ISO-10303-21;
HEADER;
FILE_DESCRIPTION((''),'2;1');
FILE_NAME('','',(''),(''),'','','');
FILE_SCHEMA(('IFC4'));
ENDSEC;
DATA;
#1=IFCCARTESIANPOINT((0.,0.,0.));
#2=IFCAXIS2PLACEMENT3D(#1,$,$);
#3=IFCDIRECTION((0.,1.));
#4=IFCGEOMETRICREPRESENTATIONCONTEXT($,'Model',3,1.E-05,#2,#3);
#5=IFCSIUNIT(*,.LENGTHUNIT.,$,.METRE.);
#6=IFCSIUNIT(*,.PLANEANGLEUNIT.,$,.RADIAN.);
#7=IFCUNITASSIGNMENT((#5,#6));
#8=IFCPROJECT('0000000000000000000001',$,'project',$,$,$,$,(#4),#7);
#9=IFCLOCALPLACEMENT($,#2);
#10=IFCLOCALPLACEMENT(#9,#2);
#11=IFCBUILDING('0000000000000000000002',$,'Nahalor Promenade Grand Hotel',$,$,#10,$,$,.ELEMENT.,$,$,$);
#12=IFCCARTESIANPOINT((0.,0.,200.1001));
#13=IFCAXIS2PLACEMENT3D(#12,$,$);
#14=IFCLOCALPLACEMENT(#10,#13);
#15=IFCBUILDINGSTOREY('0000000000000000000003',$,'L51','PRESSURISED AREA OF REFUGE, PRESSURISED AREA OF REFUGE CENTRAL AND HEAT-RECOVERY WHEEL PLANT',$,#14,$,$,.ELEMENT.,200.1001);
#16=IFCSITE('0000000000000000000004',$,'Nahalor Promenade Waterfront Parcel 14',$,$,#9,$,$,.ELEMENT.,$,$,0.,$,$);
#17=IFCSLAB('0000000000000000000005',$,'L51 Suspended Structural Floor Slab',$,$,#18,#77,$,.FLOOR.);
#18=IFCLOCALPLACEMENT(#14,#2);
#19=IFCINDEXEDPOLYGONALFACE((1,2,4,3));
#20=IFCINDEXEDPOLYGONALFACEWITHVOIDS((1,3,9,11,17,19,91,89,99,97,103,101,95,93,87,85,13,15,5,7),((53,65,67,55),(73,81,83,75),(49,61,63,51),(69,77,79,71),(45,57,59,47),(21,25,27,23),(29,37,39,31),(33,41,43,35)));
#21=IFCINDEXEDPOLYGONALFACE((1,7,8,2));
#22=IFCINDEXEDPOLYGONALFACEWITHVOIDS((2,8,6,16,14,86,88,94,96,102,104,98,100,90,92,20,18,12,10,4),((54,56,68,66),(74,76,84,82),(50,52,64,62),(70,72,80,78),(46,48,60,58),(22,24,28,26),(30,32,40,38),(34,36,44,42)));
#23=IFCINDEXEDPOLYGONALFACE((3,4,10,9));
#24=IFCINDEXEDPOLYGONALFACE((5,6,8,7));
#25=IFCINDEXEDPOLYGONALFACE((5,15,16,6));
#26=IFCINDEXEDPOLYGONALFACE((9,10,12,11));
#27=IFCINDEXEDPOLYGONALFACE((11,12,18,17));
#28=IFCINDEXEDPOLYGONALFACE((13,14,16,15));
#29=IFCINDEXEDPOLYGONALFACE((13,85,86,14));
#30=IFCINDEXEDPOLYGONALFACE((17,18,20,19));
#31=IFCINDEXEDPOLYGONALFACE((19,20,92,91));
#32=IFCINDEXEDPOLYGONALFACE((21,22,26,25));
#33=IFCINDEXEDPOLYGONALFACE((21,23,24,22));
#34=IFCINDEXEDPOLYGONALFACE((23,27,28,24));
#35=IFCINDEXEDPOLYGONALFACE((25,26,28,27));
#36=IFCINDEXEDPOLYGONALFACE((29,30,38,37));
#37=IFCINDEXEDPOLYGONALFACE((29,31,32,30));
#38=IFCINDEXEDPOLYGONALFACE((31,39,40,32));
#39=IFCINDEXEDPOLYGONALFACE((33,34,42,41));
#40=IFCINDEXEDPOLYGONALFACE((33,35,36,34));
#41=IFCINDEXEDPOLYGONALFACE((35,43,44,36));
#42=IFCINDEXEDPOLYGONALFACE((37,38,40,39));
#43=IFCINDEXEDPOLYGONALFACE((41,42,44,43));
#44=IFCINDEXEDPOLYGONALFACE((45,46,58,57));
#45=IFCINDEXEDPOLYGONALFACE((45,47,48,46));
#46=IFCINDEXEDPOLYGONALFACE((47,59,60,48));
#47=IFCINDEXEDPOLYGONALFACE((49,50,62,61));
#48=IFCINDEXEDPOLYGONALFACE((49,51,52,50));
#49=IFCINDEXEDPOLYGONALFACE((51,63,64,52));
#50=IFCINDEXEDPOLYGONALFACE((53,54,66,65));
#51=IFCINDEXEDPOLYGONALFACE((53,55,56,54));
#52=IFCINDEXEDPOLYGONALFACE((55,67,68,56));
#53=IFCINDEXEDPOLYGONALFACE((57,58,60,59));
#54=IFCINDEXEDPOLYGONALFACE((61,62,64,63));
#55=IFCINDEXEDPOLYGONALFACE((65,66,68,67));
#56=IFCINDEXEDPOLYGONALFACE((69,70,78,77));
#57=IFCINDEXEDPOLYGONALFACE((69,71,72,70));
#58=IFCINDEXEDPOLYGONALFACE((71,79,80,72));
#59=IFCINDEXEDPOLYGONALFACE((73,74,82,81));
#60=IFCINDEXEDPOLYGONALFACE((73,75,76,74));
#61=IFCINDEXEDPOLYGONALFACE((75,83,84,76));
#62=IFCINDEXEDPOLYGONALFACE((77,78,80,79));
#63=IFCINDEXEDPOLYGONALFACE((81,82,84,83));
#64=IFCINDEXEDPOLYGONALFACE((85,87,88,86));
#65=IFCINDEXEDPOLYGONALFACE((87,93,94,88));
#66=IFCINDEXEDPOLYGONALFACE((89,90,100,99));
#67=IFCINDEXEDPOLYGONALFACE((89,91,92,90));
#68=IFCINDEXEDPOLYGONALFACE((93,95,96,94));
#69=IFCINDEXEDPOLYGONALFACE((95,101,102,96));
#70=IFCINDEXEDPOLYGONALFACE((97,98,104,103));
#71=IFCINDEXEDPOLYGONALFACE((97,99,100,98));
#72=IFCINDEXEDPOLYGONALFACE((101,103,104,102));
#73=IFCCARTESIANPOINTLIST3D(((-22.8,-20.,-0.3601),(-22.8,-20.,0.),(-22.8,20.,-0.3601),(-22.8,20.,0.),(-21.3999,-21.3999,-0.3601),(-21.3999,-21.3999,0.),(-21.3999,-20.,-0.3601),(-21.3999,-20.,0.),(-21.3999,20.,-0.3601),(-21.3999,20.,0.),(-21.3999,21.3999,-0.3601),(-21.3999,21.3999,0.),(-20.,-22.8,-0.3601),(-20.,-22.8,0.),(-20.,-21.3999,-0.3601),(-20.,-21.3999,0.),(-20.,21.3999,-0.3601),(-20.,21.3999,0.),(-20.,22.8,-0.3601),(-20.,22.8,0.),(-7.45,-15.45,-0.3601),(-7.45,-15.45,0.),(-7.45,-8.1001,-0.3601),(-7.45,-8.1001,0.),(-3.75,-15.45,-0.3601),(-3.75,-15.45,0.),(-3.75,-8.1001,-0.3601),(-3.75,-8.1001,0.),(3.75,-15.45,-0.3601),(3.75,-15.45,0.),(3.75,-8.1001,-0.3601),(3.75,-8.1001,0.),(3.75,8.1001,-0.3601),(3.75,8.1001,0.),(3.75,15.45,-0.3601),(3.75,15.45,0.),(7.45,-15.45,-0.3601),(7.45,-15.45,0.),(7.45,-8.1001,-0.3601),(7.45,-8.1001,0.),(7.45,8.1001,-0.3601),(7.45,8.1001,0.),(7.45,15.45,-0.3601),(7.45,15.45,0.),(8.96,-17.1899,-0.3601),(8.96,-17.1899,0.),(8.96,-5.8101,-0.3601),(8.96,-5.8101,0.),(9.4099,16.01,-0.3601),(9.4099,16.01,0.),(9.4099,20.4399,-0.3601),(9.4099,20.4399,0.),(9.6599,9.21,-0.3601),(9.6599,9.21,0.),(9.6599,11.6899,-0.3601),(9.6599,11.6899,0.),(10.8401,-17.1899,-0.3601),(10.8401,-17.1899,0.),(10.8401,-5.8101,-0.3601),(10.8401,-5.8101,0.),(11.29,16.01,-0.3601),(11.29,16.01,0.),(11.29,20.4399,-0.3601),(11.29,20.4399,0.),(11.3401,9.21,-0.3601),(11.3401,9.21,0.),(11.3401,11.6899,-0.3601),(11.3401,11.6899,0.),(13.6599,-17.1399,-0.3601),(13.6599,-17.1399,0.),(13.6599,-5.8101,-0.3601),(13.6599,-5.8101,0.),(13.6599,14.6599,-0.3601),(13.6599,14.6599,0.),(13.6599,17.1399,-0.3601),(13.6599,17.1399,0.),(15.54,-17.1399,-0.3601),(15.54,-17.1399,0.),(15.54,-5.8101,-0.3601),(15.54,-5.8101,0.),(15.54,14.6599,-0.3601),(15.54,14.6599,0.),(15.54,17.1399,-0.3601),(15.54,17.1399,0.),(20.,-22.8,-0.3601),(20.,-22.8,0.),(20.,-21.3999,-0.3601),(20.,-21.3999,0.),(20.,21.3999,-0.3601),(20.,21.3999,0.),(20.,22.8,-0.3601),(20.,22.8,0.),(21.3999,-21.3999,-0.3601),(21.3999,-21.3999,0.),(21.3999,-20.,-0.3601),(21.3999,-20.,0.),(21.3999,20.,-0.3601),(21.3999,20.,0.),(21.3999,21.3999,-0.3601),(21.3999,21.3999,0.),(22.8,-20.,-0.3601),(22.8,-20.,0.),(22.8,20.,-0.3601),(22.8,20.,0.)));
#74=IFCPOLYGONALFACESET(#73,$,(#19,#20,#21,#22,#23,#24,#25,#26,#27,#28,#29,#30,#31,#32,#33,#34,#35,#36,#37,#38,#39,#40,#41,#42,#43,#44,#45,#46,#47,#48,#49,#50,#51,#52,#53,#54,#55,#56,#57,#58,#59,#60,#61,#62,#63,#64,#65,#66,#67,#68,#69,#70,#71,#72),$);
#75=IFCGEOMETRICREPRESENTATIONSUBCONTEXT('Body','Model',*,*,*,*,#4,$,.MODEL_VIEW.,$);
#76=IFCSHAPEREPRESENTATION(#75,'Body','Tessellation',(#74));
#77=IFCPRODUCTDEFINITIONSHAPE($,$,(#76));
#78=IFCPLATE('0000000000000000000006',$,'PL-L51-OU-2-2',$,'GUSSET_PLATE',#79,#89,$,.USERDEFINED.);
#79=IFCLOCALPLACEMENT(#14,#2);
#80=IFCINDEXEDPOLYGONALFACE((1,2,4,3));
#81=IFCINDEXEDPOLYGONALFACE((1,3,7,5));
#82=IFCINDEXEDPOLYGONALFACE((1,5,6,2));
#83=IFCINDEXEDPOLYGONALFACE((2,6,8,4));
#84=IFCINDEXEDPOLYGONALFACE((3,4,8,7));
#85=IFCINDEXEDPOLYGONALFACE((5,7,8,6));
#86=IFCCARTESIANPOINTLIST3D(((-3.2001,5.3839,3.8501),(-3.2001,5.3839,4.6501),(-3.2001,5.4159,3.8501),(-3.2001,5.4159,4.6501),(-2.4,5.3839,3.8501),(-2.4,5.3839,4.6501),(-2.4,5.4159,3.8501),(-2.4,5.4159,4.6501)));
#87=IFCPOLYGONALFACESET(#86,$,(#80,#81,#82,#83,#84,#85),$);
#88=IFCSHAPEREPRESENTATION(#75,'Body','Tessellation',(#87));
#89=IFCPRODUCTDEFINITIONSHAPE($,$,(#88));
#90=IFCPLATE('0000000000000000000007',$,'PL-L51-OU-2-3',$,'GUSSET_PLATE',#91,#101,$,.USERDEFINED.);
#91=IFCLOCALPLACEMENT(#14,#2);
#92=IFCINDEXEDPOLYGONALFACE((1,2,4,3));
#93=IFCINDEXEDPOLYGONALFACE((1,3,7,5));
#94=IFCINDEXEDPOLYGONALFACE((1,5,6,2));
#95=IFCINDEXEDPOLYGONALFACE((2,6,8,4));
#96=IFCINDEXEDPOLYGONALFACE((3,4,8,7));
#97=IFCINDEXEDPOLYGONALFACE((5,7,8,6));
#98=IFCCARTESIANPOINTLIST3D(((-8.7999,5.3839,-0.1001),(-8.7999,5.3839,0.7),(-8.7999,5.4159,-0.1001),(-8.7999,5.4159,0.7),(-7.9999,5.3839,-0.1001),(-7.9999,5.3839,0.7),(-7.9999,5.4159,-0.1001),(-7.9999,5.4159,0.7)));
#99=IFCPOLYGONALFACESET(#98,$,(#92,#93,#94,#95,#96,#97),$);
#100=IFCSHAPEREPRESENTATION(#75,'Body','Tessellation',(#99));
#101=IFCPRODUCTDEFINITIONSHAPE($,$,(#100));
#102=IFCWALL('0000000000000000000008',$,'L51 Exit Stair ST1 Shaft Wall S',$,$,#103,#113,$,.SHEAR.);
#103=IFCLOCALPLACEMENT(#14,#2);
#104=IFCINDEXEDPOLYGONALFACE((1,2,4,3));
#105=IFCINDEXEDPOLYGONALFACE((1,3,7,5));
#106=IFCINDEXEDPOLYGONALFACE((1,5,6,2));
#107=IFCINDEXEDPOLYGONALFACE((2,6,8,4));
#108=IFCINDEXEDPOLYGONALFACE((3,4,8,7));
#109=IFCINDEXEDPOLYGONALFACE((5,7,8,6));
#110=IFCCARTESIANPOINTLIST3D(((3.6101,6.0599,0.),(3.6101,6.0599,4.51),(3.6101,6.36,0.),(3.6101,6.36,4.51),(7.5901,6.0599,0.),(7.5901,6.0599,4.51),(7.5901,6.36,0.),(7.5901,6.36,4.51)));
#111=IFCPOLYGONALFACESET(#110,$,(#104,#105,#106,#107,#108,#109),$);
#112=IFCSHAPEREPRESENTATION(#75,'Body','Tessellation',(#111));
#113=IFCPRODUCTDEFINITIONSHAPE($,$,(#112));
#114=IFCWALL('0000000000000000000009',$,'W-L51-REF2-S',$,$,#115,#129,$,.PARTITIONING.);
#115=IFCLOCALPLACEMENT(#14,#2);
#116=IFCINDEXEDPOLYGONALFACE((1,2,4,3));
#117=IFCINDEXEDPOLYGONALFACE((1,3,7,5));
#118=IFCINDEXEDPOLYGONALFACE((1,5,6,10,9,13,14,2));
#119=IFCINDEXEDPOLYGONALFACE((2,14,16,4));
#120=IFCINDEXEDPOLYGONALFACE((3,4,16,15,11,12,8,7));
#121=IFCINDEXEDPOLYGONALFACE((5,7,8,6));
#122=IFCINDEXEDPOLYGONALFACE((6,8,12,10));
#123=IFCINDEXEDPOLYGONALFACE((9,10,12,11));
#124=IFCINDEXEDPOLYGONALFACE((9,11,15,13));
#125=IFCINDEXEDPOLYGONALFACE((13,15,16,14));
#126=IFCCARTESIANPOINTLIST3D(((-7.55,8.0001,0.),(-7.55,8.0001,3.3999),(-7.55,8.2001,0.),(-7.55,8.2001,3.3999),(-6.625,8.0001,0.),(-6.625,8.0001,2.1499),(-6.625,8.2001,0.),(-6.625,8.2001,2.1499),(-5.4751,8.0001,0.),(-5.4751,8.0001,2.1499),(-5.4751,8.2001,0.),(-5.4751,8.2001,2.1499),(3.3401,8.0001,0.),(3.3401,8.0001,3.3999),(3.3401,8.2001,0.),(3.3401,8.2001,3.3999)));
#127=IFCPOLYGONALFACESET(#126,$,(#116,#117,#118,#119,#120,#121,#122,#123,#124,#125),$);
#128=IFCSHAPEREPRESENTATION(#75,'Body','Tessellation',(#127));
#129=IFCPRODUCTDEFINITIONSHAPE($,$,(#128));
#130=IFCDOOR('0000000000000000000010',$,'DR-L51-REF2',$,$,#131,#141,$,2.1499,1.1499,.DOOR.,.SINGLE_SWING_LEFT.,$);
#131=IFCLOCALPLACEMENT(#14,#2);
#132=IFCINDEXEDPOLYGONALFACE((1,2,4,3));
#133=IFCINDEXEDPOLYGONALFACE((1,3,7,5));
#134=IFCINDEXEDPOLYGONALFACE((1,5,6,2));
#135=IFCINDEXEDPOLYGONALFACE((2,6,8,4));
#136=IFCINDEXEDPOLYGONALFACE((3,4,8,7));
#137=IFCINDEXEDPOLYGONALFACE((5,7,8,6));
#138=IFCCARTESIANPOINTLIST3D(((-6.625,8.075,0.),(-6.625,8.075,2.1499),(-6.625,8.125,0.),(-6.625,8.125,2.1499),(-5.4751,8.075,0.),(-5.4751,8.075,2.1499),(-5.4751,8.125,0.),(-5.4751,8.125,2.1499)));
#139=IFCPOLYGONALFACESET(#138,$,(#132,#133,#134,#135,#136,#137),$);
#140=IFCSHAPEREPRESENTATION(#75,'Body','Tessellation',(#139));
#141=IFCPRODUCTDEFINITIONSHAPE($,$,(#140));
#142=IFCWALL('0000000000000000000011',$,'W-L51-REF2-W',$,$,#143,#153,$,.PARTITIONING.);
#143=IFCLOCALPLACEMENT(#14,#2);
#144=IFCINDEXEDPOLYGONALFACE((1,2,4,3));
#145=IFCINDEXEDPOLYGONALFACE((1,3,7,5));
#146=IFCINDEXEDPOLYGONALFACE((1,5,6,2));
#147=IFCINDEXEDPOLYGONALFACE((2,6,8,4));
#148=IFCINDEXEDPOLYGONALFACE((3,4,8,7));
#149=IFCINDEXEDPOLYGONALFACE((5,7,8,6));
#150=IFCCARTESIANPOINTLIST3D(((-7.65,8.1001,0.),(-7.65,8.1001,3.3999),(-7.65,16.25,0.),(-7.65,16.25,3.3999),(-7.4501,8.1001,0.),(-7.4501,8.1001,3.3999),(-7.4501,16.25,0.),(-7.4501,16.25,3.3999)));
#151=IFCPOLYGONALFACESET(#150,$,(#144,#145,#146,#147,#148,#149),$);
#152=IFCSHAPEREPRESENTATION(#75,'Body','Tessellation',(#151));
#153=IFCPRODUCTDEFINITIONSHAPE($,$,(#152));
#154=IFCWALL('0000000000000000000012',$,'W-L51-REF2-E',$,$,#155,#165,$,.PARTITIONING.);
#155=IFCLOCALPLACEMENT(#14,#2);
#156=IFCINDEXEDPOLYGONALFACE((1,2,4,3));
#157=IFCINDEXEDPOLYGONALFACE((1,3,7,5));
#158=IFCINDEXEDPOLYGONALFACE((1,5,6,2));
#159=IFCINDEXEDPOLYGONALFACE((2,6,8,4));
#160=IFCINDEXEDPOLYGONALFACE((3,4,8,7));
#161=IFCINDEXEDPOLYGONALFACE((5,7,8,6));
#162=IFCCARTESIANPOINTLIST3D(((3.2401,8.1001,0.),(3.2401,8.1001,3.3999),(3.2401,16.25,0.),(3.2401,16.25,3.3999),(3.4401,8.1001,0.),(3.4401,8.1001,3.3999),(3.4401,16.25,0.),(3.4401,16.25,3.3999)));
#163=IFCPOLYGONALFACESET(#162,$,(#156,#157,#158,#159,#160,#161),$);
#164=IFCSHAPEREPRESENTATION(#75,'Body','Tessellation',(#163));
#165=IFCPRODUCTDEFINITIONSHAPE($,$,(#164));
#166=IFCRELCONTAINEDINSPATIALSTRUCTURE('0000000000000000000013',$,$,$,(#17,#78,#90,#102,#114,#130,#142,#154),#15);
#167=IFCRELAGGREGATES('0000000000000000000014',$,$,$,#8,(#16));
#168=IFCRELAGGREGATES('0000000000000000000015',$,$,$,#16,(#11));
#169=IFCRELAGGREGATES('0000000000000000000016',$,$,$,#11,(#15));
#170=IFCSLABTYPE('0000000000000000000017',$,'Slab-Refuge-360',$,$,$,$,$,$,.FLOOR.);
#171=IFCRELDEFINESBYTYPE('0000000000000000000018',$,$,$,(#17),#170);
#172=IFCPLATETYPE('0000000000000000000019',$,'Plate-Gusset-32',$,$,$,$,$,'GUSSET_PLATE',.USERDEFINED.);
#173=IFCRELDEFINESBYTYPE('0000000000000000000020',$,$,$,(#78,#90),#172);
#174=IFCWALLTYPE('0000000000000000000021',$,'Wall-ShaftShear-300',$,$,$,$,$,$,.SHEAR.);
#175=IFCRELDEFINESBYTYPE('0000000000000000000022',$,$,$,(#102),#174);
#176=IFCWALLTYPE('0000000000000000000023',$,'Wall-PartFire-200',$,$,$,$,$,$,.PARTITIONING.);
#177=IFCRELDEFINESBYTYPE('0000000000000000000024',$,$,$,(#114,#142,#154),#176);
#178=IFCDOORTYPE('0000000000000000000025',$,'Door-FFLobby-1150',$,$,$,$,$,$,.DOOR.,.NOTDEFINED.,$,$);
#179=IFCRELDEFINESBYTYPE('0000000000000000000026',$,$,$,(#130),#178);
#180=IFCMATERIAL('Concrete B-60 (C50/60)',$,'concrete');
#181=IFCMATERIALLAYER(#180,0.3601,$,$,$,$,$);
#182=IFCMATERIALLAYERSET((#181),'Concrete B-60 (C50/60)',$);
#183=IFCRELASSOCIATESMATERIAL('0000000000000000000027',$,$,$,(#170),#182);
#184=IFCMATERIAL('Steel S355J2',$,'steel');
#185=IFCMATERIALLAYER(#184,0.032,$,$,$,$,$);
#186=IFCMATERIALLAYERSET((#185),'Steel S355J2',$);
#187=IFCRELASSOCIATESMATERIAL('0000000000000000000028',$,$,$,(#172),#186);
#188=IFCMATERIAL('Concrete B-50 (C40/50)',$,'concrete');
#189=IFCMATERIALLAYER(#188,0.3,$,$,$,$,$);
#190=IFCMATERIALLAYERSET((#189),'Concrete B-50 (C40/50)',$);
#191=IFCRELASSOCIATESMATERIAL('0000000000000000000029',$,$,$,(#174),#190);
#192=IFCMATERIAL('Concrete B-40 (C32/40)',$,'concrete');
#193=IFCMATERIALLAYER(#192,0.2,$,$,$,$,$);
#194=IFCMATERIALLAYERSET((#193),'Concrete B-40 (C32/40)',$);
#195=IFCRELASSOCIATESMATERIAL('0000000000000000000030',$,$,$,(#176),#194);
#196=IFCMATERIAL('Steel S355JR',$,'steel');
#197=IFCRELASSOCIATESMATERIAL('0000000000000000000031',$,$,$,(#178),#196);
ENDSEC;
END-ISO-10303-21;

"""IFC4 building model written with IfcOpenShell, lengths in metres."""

from ifc_helpers import new_model, si_unit, direction, frame, frame_2d, origin, origin_2d, place, context, subcontext, project, spatial, polyline, rectangle, outline, extrude, source, transform, mapped, material, layer, layer_set, type_object, element, fill, save


model = new_model("IFC4")

# Units and contexts
model_context = context("Model", 3, precision=1e-05, world=origin(), true_north=direction((0.0, 1.0)))
body_context = subcontext(model_context, "Body", "Model", "MODEL_VIEW")
ifc_project = project(units=[si_unit("LENGTHUNIT", "METRE"), si_unit("PLANEANGLEUNIT", "RADIAN")], contexts=[model_context])

# Site, building, storey
site_placement = place(None, origin())
site = spatial("IfcSite", under=ifc_project, at=site_placement, Name="Nahalor Promenade Waterfront Parcel 14", CompositionType="ELEMENT", RefElevation=0.0)
building_placement = place(site_placement, origin())
building = spatial("IfcBuilding", under=site, at=building_placement, Name="Nahalor Promenade Grand Hotel", CompositionType="ELEMENT")
storey_placement = place(building_placement, frame((0.0, 0.0, 200.1001)))
storey = spatial("IfcBuildingStorey", under=building, at=storey_placement, Name="L51", Description="PRESSURISED AREA OF REFUGE, PRESSURISED AREA OF REFUGE CENTRAL AND HEAT-RECOVERY WHEEL PLANT", CompositionType="ELEMENT", Elevation=200.1001)

# Shared definitions
ifc_material_1 = material(Name="Concrete B-60 (C50/60)", Category="concrete")

# Shared definitions
ifc_material_2 = material(Name="Steel S355JR", Category="steel")

# Shared definitions
ifc_material_3 = material(Name="Steel S355J2", Category="steel")

# Shared definitions
ifc_material_4 = material(Name="Concrete B-50 (C40/50)", Category="concrete")

# Slab
ifc_layer_1 = layer(ifc_material_1, 0.3601)
ifc_layer_set_1 = layer_set([ifc_layer_1], Name="Concrete B-60 (C50/60)")
slab_type_1 = type_object("IfcSlabType", Name="Slab-Refuge-360", PredefinedType="FLOOR", material=ifc_layer_set_1)
slab_1_placement = place(storey_placement, frame((0.0, 0.0, -0.3601)))
element("IfcSlab", 1, at=slab_1_placement, inside=storey, type_object=slab_type_1, Name="L51 Suspended Structural Floor Slab", PredefinedType="FLOOR", context=body_context, shape_type="SweptSolid", body=[
    extrude(outline(polyline([(-20.0, -22.8), (20.0, -22.8), (20.0, -21.3999), (21.3999, -21.3999), (21.3999, -20.0), (22.8, -20.0), (22.8, 20.0), (21.3999, 20.0), (21.3999, 21.3999), (20.0, 21.3999), (20.0, 22.8), (-20.0, 22.8), (-20.0, 21.3999), (-21.3999, 21.3999), (-21.3999, 20.0), (-22.8, 20.0), (-22.8, -20.0), (-21.3999, -20.0), (-21.3999, -21.3999), (-20.0, -21.3999), (-20.0, -22.8)]), holes=[polyline([(3.75, 8.1001), (7.45, 8.1001), (7.45, 15.45), (3.75, 15.45), (3.75, 8.1001)]), polyline([(3.75, -15.45), (7.45, -15.45), (7.45, -8.1001), (3.75, -8.1001), (3.75, -15.45)]), polyline([(-7.45, -15.45), (-3.75, -15.45), (-3.75, -8.1001), (-7.45, -8.1001), (-7.45, -15.45)]), polyline([(13.6599, -17.1399), (15.54, -17.1399), (15.54, -5.8101), (13.6599, -5.8101), (13.6599, -17.1399)]), polyline([(8.96, -17.1899), (10.8401, -17.1899), (10.8401, -5.8101), (8.96, -5.8101), (8.96, -17.1899)]), polyline([(9.4099, 16.01), (11.29, 16.01), (11.29, 20.4399), (9.4099, 20.4399), (9.4099, 16.01)]), polyline([(9.6599, 9.21), (11.3401, 9.21), (11.3401, 11.6899), (9.6599, 11.6899), (9.6599, 9.21)]), polyline([(13.6599, 14.6599), (15.54, 14.6599), (15.54, 17.1399), (13.6599, 17.1399), (13.6599, 14.6599)])]), origin(), (0.0, 0.0, 1.0), 0.3601),
])

# Plates
ifc_layer_2 = layer(ifc_material_3, 0.032)
ifc_layer_set_2 = layer_set([ifc_layer_2], Name="Steel S355J2")
plate_type = type_object("IfcPlateType", Name="Plate-Gusset-32", ElementType="GUSSET_PLATE", PredefinedType="USERDEFINED", material=ifc_layer_set_2)
shared_shape_1 = source(origin(), body_context, "Body", "SweptSolid", [
    extrude(rectangle(XDim=0.8, YDim=0.032, at=origin_2d()), origin(), (0.0, 0.0, 1.0), 0.8),
])
for number, where, z_axis, x_axis, name in (
    (2, (-2.8, 5.3999, 3.8501), (0.0, 0.0, 1.0), (1.0, 0.0, 0.0), "PL-L51-OU-2-2"),
    (3, (-8.3999, 5.3999, -0.1001), (0.0, 0.0, 1.0), (1.0, 0.0, 0.0), "PL-L51-OU-2-3"),
):
    element("IfcPlate", number, at=place(storey_placement, frame(where, z_axis=z_axis, x_axis=x_axis)), inside=storey, type_object=plate_type, Name=name, ObjectType="GUSSET_PLATE", PredefinedType="USERDEFINED", context=body_context, shape_type="MappedRepresentation", body=[
        mapped(shared_shape_1, transform((0.0, 0.0, 0.0), scale=1.0)),
    ])

# Wall
ifc_layer_3 = layer(ifc_material_4, 0.3)
ifc_layer_set_3 = layer_set([ifc_layer_3], Name="Concrete B-50 (C40/50)")
wall_type_1 = type_object("IfcWallType", Name="Wall-ShaftShear-300", PredefinedType="SHEAR", material=ifc_layer_set_3)
shared_shape_2 = source(origin(), body_context, "Body", "SweptSolid", [
    extrude(rectangle(XDim=3.98, YDim=0.3, at=frame_2d((1.99, 0.0))), origin(), (0.0, 0.0, 1.0), 4.51),
])
wall_1_placement = place(storey_placement, frame((3.6101, 6.21, 0.0), z_axis=(0.0, 0.0, 1.0), x_axis=(1.0, 0.0, 0.0)))
element("IfcWall", 4, at=wall_1_placement, inside=storey, type_object=wall_type_1, Name="L51 Exit Stair ST1 Shaft Wall S", PredefinedType="SHEAR", context=body_context, shape_type="MappedRepresentation", body=[
    mapped(shared_shape_2, transform((0.0, 0.0, 0.0), scale=1.0)),
])

# Wall, opening, door
ifc_material_5 = material(Name="Concrete B-40 (C32/40)", Category="concrete")
ifc_layer_4 = layer(ifc_material_5, 0.2)
ifc_layer_set_4 = layer_set([ifc_layer_4], Name="Concrete B-40 (C32/40)")
wall_type_2 = type_object("IfcWallType", Name="Wall-PartFire-200", PredefinedType="PARTITIONING", material=ifc_layer_set_4)
shared_shape_3 = source(origin(), body_context, "Body", "SweptSolid", [
    extrude(rectangle(XDim=10.8901, YDim=0.2, at=frame_2d((5.4451, 0.0))), origin(), (0.0, 0.0, 1.0), 3.3999),
])
wall_2_placement = place(storey_placement, frame((-7.55, 8.1001, 0.0), z_axis=(0.0, 0.0, 1.0), x_axis=(1.0, 0.0, 0.0)))
wall_2 = element("IfcWall", 5, at=wall_2_placement, inside=storey, type_object=wall_type_2, Name="W-L51-REF2-S", PredefinedType="PARTITIONING", context=body_context, shape_type="MappedRepresentation", body=[
    mapped(shared_shape_3, transform((0.0, 0.0, 0.0), scale=1.0)),
])
opening_placement = place(wall_2_placement, frame((0.925, 0.0, 0.0)))
opening = element("IfcOpeningElement", 6, at=opening_placement, cuts=wall_2, PredefinedType="OPENING", context=body_context, shape_type="SweptSolid", body=[
    extrude(rectangle(XDim=1.1499, YDim=2.1499, at=frame_2d((0.575, 1.075))), frame((0.0, 0.1099, 0.0), z_axis=(0.0, -1.0, 0.0), x_axis=(1.0, 0.0, 0.0)), (0.0, 0.0, 1.0), 0.22),
])
door_type = type_object("IfcDoorType", Name="Door-FFLobby-1150", OperationType="NOTDEFINED", PredefinedType="DOOR", material=ifc_material_2)
shared_shape_4 = source(origin(), body_context, "Body", "SweptSolid", [
    extrude(rectangle(XDim=1.1499, YDim=2.1499, at=frame_2d((0.575, 1.075))), frame((0.0, 0.0249, 0.0), z_axis=(0.0, -1.0, 0.0), x_axis=(1.0, 0.0, 0.0)), (0.0, 0.0, 1.0), 0.05),
])
door_placement = place(opening_placement, origin())
door = element("IfcDoor", 7, at=door_placement, inside=storey, type_object=door_type, Name="DR-L51-REF2", OperationType="SINGLE_SWING_LEFT", OverallHeight=2.1499, OverallWidth=1.1499, PredefinedType="DOOR", context=body_context, shape_type="MappedRepresentation", body=[
    mapped(shared_shape_4, transform((0.0, 0.0, 0.0), scale=1.0)),
])
fill(opening, door)

# Walls
shared_shape_5 = source(origin(), body_context, "Body", "SweptSolid", [
    extrude(rectangle(XDim=8.1499, YDim=0.2, at=frame_2d((4.075, 0.0))), origin(), (0.0, 0.0, 1.0), 3.3999),
])
for number, where, z_axis, x_axis, name in (
    (8, (-7.55, 8.1001, 0.0), (0.0, 0.0, 1.0), (0.0, 1.0, 0.0), "W-L51-REF2-W"),
    (9, (3.3401, 8.1001, 0.0), (0.0, 0.0, 1.0), (0.0, 1.0, 0.0), "W-L51-REF2-E"),
):
    element("IfcWall", number, at=place(storey_placement, frame(where, z_axis=z_axis, x_axis=x_axis)), inside=storey, type_object=wall_type_2, Name=name, PredefinedType="PARTITIONING", context=body_context, shape_type="MappedRepresentation", body=[
        mapped(shared_shape_5, transform((0.0, 0.0, 0.0), scale=1.0)),
    ])

save(model, "model.ifc")
